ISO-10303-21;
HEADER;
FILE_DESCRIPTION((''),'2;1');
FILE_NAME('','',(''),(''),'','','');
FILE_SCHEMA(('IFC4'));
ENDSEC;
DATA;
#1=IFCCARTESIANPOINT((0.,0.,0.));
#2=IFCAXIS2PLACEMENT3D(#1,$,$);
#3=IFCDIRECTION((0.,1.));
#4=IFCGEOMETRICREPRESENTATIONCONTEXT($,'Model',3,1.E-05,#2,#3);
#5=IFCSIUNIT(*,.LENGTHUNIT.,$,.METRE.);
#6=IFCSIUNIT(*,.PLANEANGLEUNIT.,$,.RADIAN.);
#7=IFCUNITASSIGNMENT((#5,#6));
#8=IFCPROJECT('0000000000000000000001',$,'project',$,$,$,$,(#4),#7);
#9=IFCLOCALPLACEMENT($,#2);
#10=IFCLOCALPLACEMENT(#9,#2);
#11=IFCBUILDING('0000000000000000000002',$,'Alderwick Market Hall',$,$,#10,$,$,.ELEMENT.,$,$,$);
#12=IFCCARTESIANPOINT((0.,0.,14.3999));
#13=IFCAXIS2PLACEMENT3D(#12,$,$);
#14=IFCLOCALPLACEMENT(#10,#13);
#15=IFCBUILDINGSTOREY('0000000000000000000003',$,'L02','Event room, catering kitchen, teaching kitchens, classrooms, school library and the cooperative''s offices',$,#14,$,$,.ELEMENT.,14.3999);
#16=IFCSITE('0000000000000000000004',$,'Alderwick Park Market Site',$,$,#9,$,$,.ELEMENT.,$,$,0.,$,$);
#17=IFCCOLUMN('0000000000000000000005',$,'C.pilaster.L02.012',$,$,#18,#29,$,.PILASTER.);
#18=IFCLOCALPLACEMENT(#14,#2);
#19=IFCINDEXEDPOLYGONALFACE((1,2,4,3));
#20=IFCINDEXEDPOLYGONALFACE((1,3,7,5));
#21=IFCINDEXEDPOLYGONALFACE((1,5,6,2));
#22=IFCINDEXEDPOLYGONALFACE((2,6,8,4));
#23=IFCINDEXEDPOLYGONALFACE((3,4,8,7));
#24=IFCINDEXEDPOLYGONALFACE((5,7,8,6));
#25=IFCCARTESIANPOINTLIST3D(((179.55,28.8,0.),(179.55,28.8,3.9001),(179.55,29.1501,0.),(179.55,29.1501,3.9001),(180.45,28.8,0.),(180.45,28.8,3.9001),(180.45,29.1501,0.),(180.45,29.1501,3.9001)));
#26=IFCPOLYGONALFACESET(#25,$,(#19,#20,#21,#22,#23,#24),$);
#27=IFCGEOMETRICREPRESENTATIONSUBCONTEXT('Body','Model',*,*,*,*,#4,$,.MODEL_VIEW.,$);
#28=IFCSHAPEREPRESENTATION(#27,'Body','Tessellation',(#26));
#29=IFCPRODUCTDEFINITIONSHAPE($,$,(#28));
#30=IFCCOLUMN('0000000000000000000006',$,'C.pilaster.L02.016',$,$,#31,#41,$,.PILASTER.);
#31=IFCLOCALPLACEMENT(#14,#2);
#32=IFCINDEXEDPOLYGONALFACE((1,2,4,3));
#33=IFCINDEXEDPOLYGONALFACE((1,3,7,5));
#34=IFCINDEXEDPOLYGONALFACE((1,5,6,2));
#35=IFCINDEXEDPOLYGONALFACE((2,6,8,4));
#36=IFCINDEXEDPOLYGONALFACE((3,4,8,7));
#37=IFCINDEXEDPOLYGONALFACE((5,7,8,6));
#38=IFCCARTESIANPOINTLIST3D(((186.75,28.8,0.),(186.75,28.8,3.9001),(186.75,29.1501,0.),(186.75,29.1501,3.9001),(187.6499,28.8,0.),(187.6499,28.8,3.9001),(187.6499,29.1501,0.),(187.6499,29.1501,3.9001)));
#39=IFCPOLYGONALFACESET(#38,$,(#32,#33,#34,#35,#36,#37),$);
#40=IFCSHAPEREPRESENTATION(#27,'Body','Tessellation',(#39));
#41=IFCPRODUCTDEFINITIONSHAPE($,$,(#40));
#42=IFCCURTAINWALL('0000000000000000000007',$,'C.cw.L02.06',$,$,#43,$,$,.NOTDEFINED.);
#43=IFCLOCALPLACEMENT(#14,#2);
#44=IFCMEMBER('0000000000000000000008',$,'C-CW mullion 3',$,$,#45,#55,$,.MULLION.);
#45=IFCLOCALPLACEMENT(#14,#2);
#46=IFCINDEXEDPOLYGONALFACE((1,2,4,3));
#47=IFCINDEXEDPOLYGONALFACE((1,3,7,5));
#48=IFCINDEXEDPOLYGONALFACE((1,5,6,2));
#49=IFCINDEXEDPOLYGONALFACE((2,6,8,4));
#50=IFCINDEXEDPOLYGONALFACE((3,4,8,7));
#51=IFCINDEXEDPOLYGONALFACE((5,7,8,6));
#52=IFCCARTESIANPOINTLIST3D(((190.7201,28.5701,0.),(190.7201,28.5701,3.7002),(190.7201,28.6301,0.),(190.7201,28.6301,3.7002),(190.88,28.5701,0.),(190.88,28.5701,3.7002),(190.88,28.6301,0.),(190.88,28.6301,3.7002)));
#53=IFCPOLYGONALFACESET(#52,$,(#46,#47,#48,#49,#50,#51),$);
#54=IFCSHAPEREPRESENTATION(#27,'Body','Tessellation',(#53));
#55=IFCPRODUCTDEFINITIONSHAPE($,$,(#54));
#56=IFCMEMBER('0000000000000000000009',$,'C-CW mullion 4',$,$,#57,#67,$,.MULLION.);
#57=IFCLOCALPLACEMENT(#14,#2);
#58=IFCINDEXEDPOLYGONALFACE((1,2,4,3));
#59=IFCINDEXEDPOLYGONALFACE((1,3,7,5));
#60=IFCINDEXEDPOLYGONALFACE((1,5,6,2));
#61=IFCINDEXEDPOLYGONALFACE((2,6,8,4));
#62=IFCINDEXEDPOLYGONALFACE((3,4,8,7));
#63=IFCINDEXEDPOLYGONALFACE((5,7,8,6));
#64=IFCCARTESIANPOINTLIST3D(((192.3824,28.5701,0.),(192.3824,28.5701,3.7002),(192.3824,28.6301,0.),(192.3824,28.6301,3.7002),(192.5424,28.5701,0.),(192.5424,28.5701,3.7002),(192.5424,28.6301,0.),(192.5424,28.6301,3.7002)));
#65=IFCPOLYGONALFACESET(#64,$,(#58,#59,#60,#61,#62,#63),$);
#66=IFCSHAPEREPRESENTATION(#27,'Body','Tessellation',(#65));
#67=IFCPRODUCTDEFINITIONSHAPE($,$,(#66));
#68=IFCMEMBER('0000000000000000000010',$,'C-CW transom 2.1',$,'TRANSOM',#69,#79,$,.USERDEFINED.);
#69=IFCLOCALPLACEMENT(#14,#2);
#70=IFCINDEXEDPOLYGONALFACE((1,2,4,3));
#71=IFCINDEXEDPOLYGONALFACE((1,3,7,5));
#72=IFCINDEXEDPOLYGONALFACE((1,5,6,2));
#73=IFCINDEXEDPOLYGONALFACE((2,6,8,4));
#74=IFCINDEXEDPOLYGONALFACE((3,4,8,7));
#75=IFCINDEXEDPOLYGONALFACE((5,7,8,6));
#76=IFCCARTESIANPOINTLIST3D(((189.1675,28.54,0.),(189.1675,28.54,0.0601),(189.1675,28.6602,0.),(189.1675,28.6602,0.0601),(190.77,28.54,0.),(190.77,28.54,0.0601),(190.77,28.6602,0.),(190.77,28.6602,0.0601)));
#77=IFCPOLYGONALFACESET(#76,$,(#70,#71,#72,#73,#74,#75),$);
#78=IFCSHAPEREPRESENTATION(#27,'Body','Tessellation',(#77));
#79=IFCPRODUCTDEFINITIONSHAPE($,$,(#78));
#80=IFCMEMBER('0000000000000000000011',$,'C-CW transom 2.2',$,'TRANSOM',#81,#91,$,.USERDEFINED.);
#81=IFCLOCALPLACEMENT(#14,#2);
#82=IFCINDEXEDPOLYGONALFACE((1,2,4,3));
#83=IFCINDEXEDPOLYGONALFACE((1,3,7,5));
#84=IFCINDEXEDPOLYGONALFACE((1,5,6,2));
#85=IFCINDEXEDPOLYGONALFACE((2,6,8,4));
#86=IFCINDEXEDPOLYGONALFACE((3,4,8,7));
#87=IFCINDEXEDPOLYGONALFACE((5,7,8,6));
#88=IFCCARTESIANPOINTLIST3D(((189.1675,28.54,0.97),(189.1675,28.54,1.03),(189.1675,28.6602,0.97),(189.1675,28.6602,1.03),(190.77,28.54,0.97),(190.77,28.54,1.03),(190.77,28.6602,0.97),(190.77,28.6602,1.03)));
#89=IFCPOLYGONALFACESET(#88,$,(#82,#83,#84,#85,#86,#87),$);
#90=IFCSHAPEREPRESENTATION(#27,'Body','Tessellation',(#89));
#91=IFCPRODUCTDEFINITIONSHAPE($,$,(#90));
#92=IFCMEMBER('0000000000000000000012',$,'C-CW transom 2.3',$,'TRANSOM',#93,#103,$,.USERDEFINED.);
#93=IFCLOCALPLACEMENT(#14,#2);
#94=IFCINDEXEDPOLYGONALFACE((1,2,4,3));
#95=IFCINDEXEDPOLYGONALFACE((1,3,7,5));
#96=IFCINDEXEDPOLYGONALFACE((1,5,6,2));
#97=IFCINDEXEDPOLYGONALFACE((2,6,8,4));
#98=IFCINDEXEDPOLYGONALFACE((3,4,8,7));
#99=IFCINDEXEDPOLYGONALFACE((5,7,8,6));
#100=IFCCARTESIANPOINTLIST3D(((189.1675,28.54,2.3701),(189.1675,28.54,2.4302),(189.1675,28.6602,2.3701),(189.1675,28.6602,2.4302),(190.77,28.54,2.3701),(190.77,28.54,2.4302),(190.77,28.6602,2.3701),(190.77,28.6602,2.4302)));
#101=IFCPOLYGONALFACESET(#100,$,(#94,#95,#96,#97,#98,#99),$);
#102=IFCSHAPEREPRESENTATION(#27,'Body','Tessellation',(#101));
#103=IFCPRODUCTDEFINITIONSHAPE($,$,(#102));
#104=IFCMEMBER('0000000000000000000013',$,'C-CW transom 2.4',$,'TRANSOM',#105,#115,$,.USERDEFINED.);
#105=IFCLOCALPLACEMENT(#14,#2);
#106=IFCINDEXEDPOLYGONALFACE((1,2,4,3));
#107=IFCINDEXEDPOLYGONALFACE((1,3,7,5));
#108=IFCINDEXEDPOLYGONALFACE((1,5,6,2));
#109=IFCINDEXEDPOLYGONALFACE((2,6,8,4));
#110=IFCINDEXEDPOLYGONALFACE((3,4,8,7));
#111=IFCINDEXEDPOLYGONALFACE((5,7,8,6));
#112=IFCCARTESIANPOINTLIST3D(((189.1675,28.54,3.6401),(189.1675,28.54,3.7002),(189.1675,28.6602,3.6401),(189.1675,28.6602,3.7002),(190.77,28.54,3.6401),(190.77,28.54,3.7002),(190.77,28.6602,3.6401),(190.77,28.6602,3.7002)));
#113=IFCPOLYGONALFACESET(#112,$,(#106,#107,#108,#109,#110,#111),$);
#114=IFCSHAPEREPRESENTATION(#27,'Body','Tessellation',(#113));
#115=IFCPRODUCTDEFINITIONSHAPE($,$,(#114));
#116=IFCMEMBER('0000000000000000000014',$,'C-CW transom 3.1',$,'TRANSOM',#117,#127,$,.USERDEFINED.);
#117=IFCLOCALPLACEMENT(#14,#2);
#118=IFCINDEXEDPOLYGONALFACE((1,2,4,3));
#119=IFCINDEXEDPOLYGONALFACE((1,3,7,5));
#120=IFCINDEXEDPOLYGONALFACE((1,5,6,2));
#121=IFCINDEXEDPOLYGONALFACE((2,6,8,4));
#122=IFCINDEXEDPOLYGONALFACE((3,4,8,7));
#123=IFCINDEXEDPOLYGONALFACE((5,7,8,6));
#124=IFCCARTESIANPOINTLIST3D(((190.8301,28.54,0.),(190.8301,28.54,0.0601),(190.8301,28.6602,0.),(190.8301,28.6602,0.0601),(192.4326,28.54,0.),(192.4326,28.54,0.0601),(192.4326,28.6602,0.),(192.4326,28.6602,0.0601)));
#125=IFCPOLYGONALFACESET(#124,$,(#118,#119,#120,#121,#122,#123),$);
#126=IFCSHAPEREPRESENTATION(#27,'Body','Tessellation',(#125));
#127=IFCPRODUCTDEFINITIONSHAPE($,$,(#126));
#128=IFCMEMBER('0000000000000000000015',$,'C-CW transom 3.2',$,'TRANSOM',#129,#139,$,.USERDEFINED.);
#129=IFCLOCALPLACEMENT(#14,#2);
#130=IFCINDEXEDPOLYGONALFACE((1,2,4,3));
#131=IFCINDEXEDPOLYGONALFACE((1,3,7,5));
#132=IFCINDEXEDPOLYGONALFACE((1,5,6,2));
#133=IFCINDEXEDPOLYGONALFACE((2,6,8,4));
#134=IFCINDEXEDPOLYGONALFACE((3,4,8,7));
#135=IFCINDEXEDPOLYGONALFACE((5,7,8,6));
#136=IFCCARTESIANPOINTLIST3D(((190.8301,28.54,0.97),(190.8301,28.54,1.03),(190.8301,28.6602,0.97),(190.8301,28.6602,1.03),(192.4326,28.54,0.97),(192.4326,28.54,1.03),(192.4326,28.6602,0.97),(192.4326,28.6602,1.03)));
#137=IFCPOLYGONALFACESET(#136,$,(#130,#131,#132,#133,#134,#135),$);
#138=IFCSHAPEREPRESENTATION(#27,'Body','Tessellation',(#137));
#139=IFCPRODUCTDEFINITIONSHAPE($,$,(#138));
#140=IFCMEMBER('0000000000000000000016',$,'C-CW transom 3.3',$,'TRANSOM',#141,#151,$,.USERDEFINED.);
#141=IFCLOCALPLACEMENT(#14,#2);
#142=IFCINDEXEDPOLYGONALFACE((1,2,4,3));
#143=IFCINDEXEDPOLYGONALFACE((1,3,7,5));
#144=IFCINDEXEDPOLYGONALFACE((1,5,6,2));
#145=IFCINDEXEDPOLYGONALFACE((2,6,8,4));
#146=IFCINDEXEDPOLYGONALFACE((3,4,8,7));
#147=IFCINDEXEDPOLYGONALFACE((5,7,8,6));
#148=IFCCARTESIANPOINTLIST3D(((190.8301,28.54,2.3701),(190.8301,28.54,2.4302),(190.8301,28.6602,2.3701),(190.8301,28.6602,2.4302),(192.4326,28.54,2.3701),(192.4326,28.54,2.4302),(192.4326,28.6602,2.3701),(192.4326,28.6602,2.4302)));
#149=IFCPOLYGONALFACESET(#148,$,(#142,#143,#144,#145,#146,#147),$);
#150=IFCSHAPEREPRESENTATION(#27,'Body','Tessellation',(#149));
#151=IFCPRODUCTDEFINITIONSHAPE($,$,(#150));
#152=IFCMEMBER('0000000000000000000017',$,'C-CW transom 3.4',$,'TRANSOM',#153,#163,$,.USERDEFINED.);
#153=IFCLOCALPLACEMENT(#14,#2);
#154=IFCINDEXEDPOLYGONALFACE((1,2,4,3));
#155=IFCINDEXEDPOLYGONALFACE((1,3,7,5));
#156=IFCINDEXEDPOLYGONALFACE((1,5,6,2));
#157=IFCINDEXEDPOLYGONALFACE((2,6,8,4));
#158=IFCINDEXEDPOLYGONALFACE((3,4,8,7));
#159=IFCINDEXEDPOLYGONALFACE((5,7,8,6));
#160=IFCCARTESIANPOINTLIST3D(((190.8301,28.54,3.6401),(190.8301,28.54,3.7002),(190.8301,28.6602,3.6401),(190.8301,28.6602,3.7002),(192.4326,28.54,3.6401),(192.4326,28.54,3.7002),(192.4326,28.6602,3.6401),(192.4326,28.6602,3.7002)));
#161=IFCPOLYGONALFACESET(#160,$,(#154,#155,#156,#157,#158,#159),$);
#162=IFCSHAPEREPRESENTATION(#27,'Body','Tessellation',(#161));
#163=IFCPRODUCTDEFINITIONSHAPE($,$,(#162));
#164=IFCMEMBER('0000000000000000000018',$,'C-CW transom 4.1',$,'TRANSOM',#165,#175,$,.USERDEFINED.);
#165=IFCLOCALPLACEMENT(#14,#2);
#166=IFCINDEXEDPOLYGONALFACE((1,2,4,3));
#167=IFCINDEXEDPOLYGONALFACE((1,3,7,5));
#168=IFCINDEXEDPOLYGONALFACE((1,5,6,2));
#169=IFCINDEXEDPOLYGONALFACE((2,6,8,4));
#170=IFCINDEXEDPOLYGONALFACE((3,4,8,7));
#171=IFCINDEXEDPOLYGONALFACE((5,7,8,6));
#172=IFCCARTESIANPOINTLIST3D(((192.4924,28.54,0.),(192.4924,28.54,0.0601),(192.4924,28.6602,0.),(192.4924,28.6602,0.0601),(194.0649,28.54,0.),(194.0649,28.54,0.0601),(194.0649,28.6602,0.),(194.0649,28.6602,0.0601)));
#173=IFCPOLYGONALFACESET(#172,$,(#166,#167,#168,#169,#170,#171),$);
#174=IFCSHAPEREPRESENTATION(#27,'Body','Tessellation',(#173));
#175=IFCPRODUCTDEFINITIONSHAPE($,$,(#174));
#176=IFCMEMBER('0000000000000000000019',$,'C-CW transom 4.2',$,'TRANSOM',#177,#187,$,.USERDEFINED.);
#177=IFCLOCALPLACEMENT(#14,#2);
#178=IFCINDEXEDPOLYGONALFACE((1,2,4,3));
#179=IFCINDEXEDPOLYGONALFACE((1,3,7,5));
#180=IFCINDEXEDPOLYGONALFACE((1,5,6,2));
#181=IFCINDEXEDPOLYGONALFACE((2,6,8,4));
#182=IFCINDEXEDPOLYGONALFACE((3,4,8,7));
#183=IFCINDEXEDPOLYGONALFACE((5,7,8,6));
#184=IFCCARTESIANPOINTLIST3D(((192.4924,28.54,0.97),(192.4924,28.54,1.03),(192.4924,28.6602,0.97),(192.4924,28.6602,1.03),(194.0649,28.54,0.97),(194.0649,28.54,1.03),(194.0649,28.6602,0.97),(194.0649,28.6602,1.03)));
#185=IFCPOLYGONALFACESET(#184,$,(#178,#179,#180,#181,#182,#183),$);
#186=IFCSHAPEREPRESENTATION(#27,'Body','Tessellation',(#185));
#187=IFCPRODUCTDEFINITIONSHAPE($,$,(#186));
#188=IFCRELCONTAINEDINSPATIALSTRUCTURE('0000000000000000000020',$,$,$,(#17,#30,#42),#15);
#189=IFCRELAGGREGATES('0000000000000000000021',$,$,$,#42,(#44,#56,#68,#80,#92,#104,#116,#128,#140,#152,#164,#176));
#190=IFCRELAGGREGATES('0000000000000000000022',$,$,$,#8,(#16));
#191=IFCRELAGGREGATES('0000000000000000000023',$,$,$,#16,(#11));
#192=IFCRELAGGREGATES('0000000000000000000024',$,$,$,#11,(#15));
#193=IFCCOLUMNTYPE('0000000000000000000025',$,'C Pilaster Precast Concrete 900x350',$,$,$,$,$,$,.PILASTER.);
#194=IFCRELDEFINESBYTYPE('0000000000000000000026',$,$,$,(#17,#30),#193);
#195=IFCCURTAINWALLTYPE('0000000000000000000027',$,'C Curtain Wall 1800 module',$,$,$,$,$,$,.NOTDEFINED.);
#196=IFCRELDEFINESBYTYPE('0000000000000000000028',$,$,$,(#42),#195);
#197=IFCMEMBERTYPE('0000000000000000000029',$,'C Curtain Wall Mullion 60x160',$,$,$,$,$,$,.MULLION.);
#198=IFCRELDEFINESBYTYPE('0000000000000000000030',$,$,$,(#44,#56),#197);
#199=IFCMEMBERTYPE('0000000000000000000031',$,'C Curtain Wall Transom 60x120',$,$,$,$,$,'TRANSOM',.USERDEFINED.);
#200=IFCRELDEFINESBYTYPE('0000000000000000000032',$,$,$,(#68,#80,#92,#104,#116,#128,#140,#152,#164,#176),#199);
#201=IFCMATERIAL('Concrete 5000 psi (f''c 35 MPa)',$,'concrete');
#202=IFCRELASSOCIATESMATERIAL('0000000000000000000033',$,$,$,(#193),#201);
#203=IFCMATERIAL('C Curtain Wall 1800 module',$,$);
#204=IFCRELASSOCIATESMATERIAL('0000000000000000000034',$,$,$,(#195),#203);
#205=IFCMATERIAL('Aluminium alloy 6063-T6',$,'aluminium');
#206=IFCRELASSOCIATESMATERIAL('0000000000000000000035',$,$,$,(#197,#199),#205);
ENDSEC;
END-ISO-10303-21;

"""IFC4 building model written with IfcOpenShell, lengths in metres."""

from ifc_helpers import new_model, si_unit, direction, frame, origin, origin_2d, place, context, subcontext, project, spatial, rectangle, extrude, material, material_profile, profile_set, type_object, element, aggregate, save


model = new_model("IFC4")

# Units and contexts
model_context = context("Model", 3, precision=1e-05, world=origin(), true_north=direction((0.0, 1.0)))
body_context = subcontext(model_context, "Body", "Model", "MODEL_VIEW")
ifc_project = project(units=[si_unit("LENGTHUNIT", "METRE"), si_unit("PLANEANGLEUNIT", "RADIAN")], contexts=[model_context])

# Site, building, storey
site_placement = place(None, origin())
site = spatial("IfcSite", under=ifc_project, at=site_placement, Name="Alderwick Park Market Site", CompositionType="ELEMENT", RefElevation=0.0)
building_placement = place(site_placement, origin())
building = spatial("IfcBuilding", under=site, at=building_placement, Name="Alderwick Market Hall", CompositionType="ELEMENT")
storey_placement = place(building_placement, frame((0.0, 0.0, 14.3999)))
storey = spatial("IfcBuildingStorey", under=building, at=storey_placement, Name="L02", Description="Event room, catering kitchen, teaching kitchens, classrooms, school library and the cooperative's offices", CompositionType="ELEMENT", Elevation=14.3999)

# Columns
ifc_material_1 = material(Name="Concrete 5000 psi (f'c 35 MPa)", Category="concrete")
ifc_material_profile_1 = material_profile(ifc_material_1, rectangle(XDim=0.8999, YDim=0.3501, at=origin_2d()), Name="PC 900x350")
ifc_profile_set_1 = profile_set([ifc_material_profile_1], Name="Concrete 5000 psi (f'c 35 MPa)")
column_type = type_object("IfcColumnType", Name="C Pilaster Precast Concrete 900x350", PredefinedType="PILASTER", material=ifc_profile_set_1)
for number, where, z_axis, x_axis, name in (
    (1, (180.0, 28.9751, 0.0), (0.0, 0.0, 1.0), (1.0, 0.0, 0.0), "C.pilaster.L02.012"),
    (2, (187.2, 28.9751, 0.0), (0.0, 0.0, 1.0), (1.0, 0.0, 0.0), "C.pilaster.L02.016"),
):
    element("IfcColumn", number, at=place(storey_placement, frame(where, z_axis=z_axis, x_axis=x_axis)), inside=storey, type_object=column_type, Name=name, PredefinedType="PILASTER", context=body_context, shape_type="SweptSolid", body=[
        extrude(rectangle(XDim=0.8999, YDim=0.3501, at=origin_2d()), origin(), (0.0, 0.0, 1.0), 3.9001),
    ])

# Curtain wall, members
ifc_material_2 = material(Name="C Curtain Wall 1800 module")
curtain_wall_type = type_object("IfcCurtainWallType", Name="C Curtain Wall 1800 module", PredefinedType="NOTDEFINED", material=ifc_material_2)
curtain_wall_placement = place(storey_placement, origin())
curtain_wall = element("IfcCurtainWall", 3, at=curtain_wall_placement, inside=storey, type_object=curtain_wall_type, Name="C.cw.L02.06", PredefinedType="NOTDEFINED")
ifc_material_3 = material(Name="Aluminium alloy 6063-T6", Category="aluminium")
ifc_material_profile_2 = material_profile(ifc_material_3, rectangle(XDim=0.0601, YDim=0.1599, at=origin_2d()), Name="AL 60x160")
ifc_profile_set_2 = profile_set([ifc_material_profile_2], Name="Aluminium alloy 6063-T6")
member_type_1 = type_object("IfcMemberType", Name="C Curtain Wall Mullion 60x160", PredefinedType="MULLION", material=ifc_profile_set_2)
member_1_placement = place(storey_placement, frame((190.8, 28.6001, 0.0), z_axis=(0.0, 0.0, 1.0), x_axis=(0.0, 1.0, 0.0)))
member_1 = element("IfcMember", 4, at=member_1_placement, type_object=member_type_1, Name="C-CW mullion 3", PredefinedType="MULLION", context=body_context, shape_type="SweptSolid", body=[
    extrude(rectangle(XDim=0.0601, YDim=0.1599, at=origin_2d()), origin(), (0.0, 0.0, 1.0), 3.7002),
])
member_2_placement = place(storey_placement, frame((192.4624, 28.6001, 0.0), z_axis=(0.0, 0.0, 1.0), x_axis=(0.0, 1.0, 0.0)))
member_2 = element("IfcMember", 5, at=member_2_placement, type_object=member_type_1, Name="C-CW mullion 4", PredefinedType="MULLION", context=body_context, shape_type="SweptSolid", body=[
    extrude(rectangle(XDim=0.0601, YDim=0.1599, at=origin_2d()), origin(), (0.0, 0.0, 1.0), 3.7002),
])
ifc_material_profile_3 = material_profile(ifc_material_3, rectangle(XDim=0.1201, YDim=0.0601, at=origin_2d()), Name="AL 60x120")
ifc_profile_set_3 = profile_set([ifc_material_profile_3], Name="Aluminium alloy 6063-T6")
member_type_2 = type_object("IfcMemberType", Name="C Curtain Wall Transom 60x120", ElementType="TRANSOM", PredefinedType="USERDEFINED", material=ifc_profile_set_3)
member_3_placement = place(storey_placement, frame((189.1675, 28.6001, 0.03), z_axis=(1.0, 0.0, 0.0), x_axis=(0.0, 1.0, 0.0)))
member_3 = element("IfcMember", 6, at=member_3_placement, type_object=member_type_2, Name="C-CW transom 2.1", ObjectType="TRANSOM", PredefinedType="USERDEFINED", context=body_context, shape_type="SweptSolid", body=[
    extrude(rectangle(XDim=0.1201, YDim=0.0601, at=origin_2d()), origin(), (0.0, 0.0, 1.0), 1.6025),
])
member_4_placement = place(storey_placement, frame((189.1675, 28.6001, 1.0), z_axis=(1.0, 0.0, 0.0), x_axis=(0.0, 1.0, 0.0)))
member_4 = element("IfcMember", 7, at=member_4_placement, type_object=member_type_2, Name="C-CW transom 2.2", ObjectType="TRANSOM", PredefinedType="USERDEFINED", context=body_context, shape_type="SweptSolid", body=[
    extrude(rectangle(XDim=0.1201, YDim=0.0601, at=origin_2d()), origin(), (0.0, 0.0, 1.0), 1.6025),
])
member_5_placement = place(storey_placement, frame((189.1675, 28.6001, 2.4001), z_axis=(1.0, 0.0, 0.0), x_axis=(0.0, 1.0, 0.0)))
member_5 = element("IfcMember", 8, at=member_5_placement, type_object=member_type_2, Name="C-CW transom 2.3", ObjectType="TRANSOM", PredefinedType="USERDEFINED", context=body_context, shape_type="SweptSolid", body=[
    extrude(rectangle(XDim=0.1201, YDim=0.0601, at=origin_2d()), origin(), (0.0, 0.0, 1.0), 1.6025),
])
member_6_placement = place(storey_placement, frame((189.1675, 28.6001, 3.6702), z_axis=(1.0, 0.0, 0.0), x_axis=(0.0, 1.0, 0.0)))
member_6 = element("IfcMember", 9, at=member_6_placement, type_object=member_type_2, Name="C-CW transom 2.4", ObjectType="TRANSOM", PredefinedType="USERDEFINED", context=body_context, shape_type="SweptSolid", body=[
    extrude(rectangle(XDim=0.1201, YDim=0.0601, at=origin_2d()), origin(), (0.0, 0.0, 1.0), 1.6025),
])
member_7_placement = place(storey_placement, frame((190.8301, 28.6001, 0.03), z_axis=(1.0, 0.0, 0.0), x_axis=(0.0, 1.0, 0.0)))
member_7 = element("IfcMember", 10, at=member_7_placement, type_object=member_type_2, Name="C-CW transom 3.1", ObjectType="TRANSOM", PredefinedType="USERDEFINED", context=body_context, shape_type="SweptSolid", body=[
    extrude(rectangle(XDim=0.1201, YDim=0.0601, at=origin_2d()), origin(), (0.0, 0.0, 1.0), 1.6025),
])
member_8_placement = place(storey_placement, frame((190.8301, 28.6001, 1.0), z_axis=(1.0, 0.0, 0.0), x_axis=(0.0, 1.0, 0.0)))
member_8 = element("IfcMember", 11, at=member_8_placement, type_object=member_type_2, Name="C-CW transom 3.2", ObjectType="TRANSOM", PredefinedType="USERDEFINED", context=body_context, shape_type="SweptSolid", body=[
    extrude(rectangle(XDim=0.1201, YDim=0.0601, at=origin_2d()), origin(), (0.0, 0.0, 1.0), 1.6025),
])
member_9_placement = place(storey_placement, frame((190.8301, 28.6001, 2.4001), z_axis=(1.0, 0.0, 0.0), x_axis=(0.0, 1.0, 0.0)))
member_9 = element("IfcMember", 12, at=member_9_placement, type_object=member_type_2, Name="C-CW transom 3.3", ObjectType="TRANSOM", PredefinedType="USERDEFINED", context=body_context, shape_type="SweptSolid", body=[
    extrude(rectangle(XDim=0.1201, YDim=0.0601, at=origin_2d()), origin(), (0.0, 0.0, 1.0), 1.6025),
])
member_10_placement = place(storey_placement, frame((190.8301, 28.6001, 3.6702), z_axis=(1.0, 0.0, 0.0), x_axis=(0.0, 1.0, 0.0)))
member_10 = element("IfcMember", 13, at=member_10_placement, type_object=member_type_2, Name="C-CW transom 3.4", ObjectType="TRANSOM", PredefinedType="USERDEFINED", context=body_context, shape_type="SweptSolid", body=[
    extrude(rectangle(XDim=0.1201, YDim=0.0601, at=origin_2d()), origin(), (0.0, 0.0, 1.0), 1.6025),
])
member_11_placement = place(storey_placement, frame((192.4924, 28.6001, 0.03), z_axis=(1.0, 0.0, 0.0), x_axis=(0.0, 1.0, 0.0)))
member_11 = element("IfcMember", 14, at=member_11_placement, type_object=member_type_2, Name="C-CW transom 4.1", ObjectType="TRANSOM", PredefinedType="USERDEFINED", context=body_context, shape_type="SweptSolid", body=[
    extrude(rectangle(XDim=0.1201, YDim=0.0601, at=origin_2d()), origin(), (0.0, 0.0, 1.0), 1.5725),
])
member_12_placement = place(storey_placement, frame((192.4924, 28.6001, 1.0), z_axis=(1.0, 0.0, 0.0), x_axis=(0.0, 1.0, 0.0)))
member_12 = element("IfcMember", 15, at=member_12_placement, type_object=member_type_2, Name="C-CW transom 4.2", ObjectType="TRANSOM", PredefinedType="USERDEFINED", context=body_context, shape_type="SweptSolid", body=[
    extrude(rectangle(XDim=0.1201, YDim=0.0601, at=origin_2d()), origin(), (0.0, 0.0, 1.0), 1.5725),
])
aggregate(curtain_wall, [member_1, member_2, member_3, member_4, member_5, member_6, member_7, member_8, member_9, member_10, member_11, member_12])

save(model, "model.ifc")
